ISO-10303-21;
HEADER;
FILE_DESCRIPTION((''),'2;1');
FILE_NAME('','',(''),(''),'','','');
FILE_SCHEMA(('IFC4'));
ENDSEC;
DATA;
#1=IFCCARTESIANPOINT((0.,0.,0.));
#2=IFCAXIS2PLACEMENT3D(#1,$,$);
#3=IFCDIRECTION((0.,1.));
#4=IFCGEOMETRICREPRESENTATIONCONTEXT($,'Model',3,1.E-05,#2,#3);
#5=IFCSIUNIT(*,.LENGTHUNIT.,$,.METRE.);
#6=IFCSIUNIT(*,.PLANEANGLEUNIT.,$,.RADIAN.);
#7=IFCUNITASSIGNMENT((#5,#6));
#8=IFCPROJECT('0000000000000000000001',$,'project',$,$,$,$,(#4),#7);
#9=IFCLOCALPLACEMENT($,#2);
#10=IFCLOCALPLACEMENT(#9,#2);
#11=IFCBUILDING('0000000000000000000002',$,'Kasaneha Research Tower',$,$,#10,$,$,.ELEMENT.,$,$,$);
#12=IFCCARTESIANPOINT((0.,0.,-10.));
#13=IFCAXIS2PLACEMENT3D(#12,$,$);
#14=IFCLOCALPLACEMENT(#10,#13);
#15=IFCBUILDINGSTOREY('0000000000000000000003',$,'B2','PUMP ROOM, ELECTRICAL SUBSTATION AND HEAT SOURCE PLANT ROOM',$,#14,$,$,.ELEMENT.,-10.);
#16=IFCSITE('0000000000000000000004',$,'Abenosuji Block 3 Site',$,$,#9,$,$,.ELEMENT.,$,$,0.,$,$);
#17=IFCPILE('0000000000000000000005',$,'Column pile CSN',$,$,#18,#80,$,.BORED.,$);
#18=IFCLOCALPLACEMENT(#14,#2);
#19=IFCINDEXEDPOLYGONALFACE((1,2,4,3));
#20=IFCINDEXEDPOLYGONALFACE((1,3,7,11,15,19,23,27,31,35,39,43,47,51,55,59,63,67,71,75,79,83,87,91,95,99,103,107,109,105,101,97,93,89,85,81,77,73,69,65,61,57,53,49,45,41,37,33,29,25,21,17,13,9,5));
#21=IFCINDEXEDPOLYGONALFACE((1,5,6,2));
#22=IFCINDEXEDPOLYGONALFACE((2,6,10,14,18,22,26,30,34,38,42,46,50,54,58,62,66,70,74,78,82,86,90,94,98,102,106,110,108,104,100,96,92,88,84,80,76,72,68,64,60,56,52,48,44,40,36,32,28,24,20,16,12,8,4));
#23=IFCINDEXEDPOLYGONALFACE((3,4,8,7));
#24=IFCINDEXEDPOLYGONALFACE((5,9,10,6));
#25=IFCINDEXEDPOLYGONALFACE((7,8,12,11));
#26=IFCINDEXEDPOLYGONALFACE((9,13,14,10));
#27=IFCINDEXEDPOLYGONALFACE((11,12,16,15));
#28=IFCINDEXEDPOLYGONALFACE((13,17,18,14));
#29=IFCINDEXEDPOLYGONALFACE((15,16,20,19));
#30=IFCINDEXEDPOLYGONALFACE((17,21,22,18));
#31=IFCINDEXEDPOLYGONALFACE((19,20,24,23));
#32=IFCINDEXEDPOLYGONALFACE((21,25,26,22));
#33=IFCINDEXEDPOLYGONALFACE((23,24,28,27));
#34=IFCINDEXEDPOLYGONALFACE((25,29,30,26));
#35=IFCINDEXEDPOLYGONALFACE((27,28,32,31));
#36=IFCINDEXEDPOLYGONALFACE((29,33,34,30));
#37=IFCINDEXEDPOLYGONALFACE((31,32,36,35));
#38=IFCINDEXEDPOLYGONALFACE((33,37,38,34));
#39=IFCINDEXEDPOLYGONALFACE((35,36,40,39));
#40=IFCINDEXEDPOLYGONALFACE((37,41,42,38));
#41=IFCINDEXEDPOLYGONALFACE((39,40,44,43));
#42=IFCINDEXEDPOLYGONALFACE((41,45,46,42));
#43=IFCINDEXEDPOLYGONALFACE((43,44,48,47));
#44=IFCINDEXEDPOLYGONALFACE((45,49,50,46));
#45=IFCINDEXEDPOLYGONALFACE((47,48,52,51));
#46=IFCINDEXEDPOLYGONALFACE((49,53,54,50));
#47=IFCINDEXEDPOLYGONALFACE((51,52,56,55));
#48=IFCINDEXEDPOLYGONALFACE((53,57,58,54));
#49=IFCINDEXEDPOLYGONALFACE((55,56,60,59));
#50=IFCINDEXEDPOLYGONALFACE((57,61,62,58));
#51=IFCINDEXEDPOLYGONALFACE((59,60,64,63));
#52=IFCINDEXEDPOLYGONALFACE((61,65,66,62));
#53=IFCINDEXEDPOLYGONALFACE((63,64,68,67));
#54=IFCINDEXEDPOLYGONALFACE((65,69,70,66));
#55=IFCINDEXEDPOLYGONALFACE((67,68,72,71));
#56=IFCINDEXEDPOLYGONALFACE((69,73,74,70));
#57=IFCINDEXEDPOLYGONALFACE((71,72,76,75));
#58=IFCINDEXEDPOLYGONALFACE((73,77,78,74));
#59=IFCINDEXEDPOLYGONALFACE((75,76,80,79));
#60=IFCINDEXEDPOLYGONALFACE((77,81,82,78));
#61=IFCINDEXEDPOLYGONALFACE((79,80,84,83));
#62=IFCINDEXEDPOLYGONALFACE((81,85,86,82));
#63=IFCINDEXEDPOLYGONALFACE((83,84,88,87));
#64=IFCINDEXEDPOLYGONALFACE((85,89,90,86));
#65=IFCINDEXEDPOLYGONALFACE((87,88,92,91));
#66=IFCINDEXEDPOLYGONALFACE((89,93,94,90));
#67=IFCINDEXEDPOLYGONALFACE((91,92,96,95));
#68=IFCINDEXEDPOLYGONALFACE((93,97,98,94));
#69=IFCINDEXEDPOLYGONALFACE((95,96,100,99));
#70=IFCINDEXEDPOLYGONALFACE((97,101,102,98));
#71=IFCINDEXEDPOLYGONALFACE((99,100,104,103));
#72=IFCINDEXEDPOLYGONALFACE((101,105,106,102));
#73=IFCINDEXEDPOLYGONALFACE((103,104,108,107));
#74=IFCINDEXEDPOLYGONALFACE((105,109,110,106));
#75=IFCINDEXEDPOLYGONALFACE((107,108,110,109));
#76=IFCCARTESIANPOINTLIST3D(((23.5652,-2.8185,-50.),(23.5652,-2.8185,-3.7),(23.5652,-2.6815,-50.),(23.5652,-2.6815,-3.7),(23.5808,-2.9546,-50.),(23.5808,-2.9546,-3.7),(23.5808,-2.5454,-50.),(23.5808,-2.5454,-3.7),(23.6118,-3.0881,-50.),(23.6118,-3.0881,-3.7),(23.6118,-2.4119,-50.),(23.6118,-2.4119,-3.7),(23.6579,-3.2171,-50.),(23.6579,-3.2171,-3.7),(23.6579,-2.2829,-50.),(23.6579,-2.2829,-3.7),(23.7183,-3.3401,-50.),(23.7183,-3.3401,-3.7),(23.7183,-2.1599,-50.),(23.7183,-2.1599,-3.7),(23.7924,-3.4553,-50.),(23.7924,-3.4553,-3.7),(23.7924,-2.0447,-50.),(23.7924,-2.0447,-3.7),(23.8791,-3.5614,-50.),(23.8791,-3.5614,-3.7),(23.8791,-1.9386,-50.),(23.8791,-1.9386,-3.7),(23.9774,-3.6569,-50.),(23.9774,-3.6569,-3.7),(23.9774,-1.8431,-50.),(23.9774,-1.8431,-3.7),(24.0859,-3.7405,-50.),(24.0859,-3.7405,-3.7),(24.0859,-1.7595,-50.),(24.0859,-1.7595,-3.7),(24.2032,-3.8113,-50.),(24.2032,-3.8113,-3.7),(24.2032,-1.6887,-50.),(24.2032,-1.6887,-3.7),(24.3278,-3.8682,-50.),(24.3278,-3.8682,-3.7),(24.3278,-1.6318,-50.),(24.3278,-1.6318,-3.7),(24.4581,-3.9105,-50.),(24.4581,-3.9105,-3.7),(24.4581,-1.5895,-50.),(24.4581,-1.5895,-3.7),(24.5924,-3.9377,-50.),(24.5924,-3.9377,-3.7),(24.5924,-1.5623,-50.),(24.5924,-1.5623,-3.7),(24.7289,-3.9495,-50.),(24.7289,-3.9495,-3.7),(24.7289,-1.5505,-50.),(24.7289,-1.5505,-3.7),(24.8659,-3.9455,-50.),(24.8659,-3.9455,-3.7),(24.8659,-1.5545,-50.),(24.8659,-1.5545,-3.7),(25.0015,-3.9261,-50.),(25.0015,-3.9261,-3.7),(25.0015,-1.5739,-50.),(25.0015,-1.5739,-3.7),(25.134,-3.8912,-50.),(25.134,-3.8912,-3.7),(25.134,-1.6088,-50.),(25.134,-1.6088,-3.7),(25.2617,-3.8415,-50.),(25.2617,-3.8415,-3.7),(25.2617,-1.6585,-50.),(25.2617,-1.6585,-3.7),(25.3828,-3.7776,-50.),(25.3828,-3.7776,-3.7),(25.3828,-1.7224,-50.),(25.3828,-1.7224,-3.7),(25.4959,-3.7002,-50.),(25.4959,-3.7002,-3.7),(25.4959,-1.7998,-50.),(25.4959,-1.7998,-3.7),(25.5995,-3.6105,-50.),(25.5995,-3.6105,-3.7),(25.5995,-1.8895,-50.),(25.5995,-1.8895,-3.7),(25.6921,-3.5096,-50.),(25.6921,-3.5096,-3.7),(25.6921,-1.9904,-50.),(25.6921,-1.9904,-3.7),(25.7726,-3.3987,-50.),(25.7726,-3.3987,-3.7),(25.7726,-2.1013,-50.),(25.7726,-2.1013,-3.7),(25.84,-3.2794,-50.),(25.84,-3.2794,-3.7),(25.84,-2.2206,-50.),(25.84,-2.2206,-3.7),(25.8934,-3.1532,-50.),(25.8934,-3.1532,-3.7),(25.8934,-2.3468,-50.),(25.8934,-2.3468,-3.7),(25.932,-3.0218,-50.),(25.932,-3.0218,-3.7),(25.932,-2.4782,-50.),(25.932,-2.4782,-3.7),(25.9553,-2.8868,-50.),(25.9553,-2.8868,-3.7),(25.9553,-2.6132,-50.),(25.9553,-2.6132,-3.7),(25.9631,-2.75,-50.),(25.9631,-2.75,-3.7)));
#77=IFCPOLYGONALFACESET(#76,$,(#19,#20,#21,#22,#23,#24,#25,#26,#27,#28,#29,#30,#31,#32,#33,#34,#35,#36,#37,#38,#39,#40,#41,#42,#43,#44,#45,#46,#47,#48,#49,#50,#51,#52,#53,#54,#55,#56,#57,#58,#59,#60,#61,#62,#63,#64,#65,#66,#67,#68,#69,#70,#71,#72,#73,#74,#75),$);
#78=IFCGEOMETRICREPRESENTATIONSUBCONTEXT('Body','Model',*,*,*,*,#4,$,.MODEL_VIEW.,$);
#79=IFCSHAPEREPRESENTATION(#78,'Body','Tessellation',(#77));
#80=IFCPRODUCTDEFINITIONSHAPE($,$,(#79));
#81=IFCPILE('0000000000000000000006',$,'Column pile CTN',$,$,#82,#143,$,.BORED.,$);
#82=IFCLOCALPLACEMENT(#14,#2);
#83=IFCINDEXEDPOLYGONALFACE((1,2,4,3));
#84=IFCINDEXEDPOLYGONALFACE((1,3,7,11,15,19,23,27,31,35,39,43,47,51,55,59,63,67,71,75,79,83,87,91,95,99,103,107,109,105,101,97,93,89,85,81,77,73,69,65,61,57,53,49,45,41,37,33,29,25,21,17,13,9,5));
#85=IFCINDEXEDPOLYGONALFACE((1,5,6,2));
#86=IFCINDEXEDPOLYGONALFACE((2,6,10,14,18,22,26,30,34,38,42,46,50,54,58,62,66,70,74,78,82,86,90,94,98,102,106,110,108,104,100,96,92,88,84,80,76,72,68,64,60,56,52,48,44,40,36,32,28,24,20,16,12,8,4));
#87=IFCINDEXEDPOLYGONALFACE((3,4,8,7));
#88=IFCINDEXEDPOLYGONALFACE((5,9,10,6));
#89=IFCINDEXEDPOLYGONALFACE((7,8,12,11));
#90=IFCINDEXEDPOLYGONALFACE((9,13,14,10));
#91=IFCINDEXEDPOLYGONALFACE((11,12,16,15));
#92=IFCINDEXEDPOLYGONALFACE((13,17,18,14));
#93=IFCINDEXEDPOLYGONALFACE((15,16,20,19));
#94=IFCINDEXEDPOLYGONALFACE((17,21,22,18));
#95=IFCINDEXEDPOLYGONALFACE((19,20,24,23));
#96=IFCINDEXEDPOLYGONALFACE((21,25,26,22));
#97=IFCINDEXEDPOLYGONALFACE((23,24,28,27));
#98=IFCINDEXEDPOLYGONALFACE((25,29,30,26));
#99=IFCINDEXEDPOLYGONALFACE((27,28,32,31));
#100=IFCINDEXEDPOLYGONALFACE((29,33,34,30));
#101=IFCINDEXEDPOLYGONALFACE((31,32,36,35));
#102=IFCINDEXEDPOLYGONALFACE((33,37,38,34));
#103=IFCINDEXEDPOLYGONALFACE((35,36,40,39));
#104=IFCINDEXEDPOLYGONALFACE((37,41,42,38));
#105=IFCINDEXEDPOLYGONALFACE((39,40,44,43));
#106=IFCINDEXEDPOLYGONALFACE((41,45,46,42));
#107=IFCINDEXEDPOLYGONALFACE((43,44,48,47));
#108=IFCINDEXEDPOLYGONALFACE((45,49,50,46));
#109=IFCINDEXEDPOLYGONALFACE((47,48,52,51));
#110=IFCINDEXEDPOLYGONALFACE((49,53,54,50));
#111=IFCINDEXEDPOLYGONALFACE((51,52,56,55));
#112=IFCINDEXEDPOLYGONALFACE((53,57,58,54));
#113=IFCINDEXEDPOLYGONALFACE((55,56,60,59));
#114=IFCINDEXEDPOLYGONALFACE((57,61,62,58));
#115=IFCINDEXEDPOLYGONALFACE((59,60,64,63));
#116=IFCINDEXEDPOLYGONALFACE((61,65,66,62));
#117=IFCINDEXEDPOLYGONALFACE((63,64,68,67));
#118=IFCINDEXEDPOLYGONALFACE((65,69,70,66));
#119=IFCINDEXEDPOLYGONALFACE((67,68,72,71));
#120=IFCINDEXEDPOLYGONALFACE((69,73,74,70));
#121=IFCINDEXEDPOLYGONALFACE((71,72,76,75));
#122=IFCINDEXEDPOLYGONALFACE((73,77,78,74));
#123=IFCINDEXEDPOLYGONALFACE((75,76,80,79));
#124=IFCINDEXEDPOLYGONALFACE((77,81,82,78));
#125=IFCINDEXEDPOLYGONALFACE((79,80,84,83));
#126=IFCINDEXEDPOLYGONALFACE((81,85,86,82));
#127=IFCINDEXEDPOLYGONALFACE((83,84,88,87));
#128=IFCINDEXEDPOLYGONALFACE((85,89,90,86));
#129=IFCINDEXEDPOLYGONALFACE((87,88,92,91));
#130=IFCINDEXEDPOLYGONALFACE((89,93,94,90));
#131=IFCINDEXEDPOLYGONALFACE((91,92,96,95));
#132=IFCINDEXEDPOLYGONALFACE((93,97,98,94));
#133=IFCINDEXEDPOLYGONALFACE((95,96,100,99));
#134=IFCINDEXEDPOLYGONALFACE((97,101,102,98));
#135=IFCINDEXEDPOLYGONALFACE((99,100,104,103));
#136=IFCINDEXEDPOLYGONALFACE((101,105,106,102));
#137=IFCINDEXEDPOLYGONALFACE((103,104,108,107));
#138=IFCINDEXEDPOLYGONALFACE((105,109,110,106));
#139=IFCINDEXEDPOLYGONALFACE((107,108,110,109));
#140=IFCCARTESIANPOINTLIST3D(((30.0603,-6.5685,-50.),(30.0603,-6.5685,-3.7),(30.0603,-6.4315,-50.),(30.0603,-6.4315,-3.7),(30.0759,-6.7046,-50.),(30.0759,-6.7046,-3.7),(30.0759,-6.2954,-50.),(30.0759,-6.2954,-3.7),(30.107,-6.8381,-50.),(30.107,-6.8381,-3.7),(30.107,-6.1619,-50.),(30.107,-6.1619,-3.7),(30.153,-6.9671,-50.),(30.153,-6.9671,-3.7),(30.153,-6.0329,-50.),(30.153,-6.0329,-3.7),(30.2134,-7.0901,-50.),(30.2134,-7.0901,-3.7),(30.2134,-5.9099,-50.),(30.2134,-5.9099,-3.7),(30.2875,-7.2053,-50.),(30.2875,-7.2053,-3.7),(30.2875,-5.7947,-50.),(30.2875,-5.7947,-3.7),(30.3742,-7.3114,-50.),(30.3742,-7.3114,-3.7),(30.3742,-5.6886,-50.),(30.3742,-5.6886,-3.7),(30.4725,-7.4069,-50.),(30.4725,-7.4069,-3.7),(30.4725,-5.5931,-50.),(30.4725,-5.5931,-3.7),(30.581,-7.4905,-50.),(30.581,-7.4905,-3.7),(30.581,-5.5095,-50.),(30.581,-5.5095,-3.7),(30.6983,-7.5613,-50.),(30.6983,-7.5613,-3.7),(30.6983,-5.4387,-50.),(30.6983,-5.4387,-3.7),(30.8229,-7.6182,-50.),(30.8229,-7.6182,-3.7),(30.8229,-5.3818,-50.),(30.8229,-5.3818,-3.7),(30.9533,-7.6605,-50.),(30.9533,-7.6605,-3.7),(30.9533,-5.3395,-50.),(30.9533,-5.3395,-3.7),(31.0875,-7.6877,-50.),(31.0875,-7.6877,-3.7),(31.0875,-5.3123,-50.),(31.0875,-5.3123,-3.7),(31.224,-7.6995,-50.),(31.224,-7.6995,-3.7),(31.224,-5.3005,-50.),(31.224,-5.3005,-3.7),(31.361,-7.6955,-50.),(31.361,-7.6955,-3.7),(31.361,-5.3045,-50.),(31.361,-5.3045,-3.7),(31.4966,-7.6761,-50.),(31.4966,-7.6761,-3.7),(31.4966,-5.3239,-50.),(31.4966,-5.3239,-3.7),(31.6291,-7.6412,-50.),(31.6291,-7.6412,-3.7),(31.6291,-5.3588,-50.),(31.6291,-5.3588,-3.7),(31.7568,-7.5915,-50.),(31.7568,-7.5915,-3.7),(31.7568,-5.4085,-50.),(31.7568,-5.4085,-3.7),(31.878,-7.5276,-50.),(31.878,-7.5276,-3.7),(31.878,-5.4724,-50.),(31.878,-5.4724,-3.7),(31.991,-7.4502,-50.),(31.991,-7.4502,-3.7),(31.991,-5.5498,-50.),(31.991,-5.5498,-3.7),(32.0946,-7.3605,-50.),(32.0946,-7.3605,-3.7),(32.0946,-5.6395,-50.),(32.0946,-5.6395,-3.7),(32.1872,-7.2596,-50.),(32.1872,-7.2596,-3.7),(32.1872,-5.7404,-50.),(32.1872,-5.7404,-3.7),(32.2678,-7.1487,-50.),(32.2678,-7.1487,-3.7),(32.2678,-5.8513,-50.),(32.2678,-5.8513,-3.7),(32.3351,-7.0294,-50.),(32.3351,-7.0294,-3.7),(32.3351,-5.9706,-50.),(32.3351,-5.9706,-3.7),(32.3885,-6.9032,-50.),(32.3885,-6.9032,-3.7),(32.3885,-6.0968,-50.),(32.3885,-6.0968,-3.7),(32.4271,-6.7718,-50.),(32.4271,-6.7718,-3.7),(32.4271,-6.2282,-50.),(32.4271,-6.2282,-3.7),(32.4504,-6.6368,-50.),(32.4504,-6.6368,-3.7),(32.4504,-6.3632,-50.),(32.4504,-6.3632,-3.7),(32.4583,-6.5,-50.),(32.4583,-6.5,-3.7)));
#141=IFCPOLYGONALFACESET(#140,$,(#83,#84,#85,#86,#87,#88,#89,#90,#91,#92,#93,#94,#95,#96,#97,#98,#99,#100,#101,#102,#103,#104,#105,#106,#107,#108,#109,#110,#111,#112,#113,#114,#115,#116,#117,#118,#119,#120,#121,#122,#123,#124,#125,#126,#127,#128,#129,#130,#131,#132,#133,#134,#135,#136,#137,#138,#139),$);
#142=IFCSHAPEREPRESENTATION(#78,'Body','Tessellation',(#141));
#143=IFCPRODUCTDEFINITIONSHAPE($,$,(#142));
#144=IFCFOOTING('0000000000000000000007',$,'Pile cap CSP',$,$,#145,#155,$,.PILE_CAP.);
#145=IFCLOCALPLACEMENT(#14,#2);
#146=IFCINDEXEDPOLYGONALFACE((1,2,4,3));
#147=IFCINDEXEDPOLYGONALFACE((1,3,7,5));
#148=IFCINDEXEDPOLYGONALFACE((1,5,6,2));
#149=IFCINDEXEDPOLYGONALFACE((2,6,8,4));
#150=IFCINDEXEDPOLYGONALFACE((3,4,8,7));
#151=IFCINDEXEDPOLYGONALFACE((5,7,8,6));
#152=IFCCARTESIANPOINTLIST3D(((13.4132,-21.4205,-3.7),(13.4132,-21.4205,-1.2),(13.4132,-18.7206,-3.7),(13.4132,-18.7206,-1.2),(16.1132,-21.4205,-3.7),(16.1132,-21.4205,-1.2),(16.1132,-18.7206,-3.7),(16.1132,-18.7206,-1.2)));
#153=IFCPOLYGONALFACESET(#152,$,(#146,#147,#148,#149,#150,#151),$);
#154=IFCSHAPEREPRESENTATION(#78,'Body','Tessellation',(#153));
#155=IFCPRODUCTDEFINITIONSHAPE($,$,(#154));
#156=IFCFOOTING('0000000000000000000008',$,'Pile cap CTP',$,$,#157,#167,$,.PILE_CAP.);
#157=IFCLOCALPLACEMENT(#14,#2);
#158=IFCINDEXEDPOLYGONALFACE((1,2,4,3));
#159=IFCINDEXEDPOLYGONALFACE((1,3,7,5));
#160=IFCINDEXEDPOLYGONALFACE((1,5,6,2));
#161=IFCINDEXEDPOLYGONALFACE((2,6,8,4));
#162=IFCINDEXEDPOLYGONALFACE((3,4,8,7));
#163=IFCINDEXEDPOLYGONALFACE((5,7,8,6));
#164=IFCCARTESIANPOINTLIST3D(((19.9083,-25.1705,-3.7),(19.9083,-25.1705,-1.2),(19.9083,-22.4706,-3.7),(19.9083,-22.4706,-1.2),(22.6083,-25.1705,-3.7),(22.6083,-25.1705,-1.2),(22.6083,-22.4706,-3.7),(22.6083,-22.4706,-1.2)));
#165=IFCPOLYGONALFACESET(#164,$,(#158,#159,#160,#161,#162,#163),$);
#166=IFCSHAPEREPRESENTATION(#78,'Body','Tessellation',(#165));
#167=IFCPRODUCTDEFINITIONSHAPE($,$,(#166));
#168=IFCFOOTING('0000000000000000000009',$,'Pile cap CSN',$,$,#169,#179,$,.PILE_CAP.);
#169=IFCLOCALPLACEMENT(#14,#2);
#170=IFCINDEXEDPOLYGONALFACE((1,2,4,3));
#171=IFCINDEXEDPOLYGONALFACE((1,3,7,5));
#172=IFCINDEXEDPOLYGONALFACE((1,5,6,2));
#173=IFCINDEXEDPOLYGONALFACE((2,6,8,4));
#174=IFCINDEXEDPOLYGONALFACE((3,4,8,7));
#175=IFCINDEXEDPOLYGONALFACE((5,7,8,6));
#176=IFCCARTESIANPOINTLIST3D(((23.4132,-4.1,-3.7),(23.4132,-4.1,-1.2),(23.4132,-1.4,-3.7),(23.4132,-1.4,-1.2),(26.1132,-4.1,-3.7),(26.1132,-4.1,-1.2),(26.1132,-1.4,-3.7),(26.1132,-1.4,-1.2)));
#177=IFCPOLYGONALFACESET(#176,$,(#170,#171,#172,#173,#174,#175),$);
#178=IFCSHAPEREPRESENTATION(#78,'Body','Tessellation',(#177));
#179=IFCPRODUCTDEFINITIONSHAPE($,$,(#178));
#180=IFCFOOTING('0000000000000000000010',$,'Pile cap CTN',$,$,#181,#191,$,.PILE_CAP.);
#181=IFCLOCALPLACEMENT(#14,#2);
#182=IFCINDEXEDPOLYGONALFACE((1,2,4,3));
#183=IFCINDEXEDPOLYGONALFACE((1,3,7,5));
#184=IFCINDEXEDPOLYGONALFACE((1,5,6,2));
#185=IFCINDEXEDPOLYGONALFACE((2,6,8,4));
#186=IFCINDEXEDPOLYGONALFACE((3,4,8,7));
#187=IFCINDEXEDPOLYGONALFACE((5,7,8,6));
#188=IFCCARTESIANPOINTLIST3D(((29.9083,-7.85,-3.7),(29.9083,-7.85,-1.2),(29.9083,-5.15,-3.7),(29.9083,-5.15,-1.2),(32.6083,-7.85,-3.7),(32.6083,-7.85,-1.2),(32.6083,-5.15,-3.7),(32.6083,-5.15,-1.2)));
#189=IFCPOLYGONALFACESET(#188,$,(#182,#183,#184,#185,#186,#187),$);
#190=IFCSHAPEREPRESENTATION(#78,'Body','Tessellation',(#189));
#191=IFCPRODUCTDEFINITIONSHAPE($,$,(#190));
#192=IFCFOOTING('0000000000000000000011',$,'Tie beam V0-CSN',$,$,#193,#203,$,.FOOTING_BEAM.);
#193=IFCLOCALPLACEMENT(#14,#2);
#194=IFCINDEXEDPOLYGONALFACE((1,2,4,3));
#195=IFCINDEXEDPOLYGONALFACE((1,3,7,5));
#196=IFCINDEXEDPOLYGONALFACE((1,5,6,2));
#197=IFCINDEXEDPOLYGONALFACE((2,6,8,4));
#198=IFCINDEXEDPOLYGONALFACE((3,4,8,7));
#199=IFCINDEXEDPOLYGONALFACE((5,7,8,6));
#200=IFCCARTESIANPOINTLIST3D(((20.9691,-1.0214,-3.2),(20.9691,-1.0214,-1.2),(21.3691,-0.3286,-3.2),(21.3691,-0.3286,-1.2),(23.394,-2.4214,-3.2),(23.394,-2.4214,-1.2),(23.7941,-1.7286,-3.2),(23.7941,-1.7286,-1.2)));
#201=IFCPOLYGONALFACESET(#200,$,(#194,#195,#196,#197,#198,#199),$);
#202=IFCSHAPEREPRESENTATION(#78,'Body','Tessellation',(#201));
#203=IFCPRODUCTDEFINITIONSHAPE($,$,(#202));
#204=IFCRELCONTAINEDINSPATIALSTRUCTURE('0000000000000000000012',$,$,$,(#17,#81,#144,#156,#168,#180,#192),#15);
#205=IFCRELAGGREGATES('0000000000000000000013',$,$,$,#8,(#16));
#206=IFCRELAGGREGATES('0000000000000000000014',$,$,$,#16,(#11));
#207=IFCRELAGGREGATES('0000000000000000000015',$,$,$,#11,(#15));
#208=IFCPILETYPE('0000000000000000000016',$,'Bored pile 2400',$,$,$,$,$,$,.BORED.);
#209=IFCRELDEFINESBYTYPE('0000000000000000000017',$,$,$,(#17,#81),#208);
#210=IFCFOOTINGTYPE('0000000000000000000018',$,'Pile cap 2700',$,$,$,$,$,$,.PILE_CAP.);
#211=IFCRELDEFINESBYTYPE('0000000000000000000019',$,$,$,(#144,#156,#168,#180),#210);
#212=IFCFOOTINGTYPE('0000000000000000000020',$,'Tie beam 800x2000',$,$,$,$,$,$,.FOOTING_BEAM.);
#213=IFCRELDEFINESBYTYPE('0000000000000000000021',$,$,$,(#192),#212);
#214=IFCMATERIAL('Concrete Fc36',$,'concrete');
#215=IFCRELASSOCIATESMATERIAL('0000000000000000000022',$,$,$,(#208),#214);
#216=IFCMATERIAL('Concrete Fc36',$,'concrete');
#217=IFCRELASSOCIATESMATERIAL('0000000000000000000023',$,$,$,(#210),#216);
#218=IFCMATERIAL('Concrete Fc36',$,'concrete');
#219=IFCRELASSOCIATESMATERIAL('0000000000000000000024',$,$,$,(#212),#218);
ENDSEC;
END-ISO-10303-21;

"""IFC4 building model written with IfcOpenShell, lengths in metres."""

from ifc_helpers import new_model, si_unit, direction, frame, origin, origin_2d, place, context, subcontext, project, spatial, rectangle, circle, extrude, material, material_profile, profile_set, type_object, element, save


model = new_model("IFC4")

# Units and contexts
model_context = context("Model", 3, precision=1e-05, world=origin(), true_north=direction((0.0, 1.0)))
body_context = subcontext(model_context, "Body", "Model", "MODEL_VIEW")
ifc_project = project(units=[si_unit("LENGTHUNIT", "METRE"), si_unit("PLANEANGLEUNIT", "RADIAN")], contexts=[model_context])

# Site, building, storey
site_placement = place(None, origin())
site = spatial("IfcSite", under=ifc_project, at=site_placement, Name="Abenosuji Block 3 Site", CompositionType="ELEMENT", RefElevation=0.0)
building_placement = place(site_placement, origin())
building = spatial("IfcBuilding", under=site, at=building_placement, Name="Kasaneha Research Tower", CompositionType="ELEMENT")
storey_placement = place(building_placement, frame((0.0, 0.0, -10.0)))
storey = spatial("IfcBuildingStorey", under=building, at=storey_placement, Name="B2", Description="PUMP ROOM, ELECTRICAL SUBSTATION AND HEAT SOURCE PLANT ROOM", CompositionType="ELEMENT", Elevation=-10.0)

# Piles
ifc_material_1 = material(Name="Concrete Fc36", Category="concrete")
ifc_material_profile_1 = material_profile(ifc_material_1, circle(Radius=1.2, at=origin_2d()), Name="Bored pile 2400")
ifc_profile_set_1 = profile_set([ifc_material_profile_1], Name="Concrete Fc36")
pile_type_1 = type_object("IfcPileType", Name="Bored pile 2400", PredefinedType="BORED", material=ifc_profile_set_1)
for number, where, z_axis, x_axis, name in (
    (1, (24.7632, -2.75, -3.7), (0.0, 0.0, -1.0), (1.0, 0.0, 0.0), "Column pile CSN"),
    (2, (31.2583, -6.5, -3.7), (0.0, 0.0, -1.0), (1.0, 0.0, 0.0), "Column pile CTN"),
):
    element("IfcPile", number, at=place(storey_placement, frame(where, z_axis=z_axis, x_axis=x_axis)), inside=storey, type_object=pile_type_1, Name=name, PredefinedType="BORED", context=body_context, shape_type="SweptSolid", body=[
        extrude(circle(Radius=1.2, at=origin_2d()), origin(), (0.0, 0.0, 1.0), 46.3),
    ])

# Footings
ifc_material_2 = material(Name="Concrete Fc36", Category="concrete")
footing_type_1 = type_object("IfcFootingType", Name="Pile cap 2700", PredefinedType="PILE_CAP", material=ifc_material_2)
for number, where, z_axis, x_axis, name in (
    (3, (14.7632, -20.0706, -3.7), (0.0, 0.0, 1.0), (1.0, 0.0, 0.0), "Pile cap CSP"),
    (4, (21.2583, -23.8206, -3.7), (0.0, 0.0, 1.0), (1.0, 0.0, 0.0), "Pile cap CTP"),
    (5, (24.7632, -2.75, -3.7), (0.0, 0.0, 1.0), (1.0, 0.0, 0.0), "Pile cap CSN"),
    (6, (31.2583, -6.5, -3.7), (0.0, 0.0, 1.0), (1.0, 0.0, 0.0), "Pile cap CTN"),
):
    element("IfcFooting", number, at=place(storey_placement, frame(where, z_axis=z_axis, x_axis=x_axis)), inside=storey, type_object=footing_type_1, Name=name, PredefinedType="PILE_CAP", context=body_context, shape_type="SweptSolid", body=[
        extrude(rectangle(XDim=2.7, YDim=2.7, at=origin_2d()), origin(), (0.0, 0.0, 1.0), 2.5),
    ])
ifc_material_3 = material(Name="Concrete Fc36", Category="concrete")
footing_type_2 = type_object("IfcFootingType", Name="Tie beam 800x2000", PredefinedType="FOOTING_BEAM", material=ifc_material_3)
footing_1_placement = place(storey_placement, frame((22.3816, -1.375, -3.2), z_axis=(0.0, 0.0, 1.0), x_axis=(0.866025, -0.5, 0.0)))
element("IfcFooting", 7, at=footing_1_placement, inside=storey, type_object=footing_type_2, Name="Tie beam V0-CSN", PredefinedType="FOOTING_BEAM", context=body_context, shape_type="SweptSolid", body=[
    extrude(rectangle(XDim=2.8, YDim=0.8, at=origin_2d()), origin(), (0.0, 0.0, 1.0), 2.0),
])

save(model, "model.ifc")
